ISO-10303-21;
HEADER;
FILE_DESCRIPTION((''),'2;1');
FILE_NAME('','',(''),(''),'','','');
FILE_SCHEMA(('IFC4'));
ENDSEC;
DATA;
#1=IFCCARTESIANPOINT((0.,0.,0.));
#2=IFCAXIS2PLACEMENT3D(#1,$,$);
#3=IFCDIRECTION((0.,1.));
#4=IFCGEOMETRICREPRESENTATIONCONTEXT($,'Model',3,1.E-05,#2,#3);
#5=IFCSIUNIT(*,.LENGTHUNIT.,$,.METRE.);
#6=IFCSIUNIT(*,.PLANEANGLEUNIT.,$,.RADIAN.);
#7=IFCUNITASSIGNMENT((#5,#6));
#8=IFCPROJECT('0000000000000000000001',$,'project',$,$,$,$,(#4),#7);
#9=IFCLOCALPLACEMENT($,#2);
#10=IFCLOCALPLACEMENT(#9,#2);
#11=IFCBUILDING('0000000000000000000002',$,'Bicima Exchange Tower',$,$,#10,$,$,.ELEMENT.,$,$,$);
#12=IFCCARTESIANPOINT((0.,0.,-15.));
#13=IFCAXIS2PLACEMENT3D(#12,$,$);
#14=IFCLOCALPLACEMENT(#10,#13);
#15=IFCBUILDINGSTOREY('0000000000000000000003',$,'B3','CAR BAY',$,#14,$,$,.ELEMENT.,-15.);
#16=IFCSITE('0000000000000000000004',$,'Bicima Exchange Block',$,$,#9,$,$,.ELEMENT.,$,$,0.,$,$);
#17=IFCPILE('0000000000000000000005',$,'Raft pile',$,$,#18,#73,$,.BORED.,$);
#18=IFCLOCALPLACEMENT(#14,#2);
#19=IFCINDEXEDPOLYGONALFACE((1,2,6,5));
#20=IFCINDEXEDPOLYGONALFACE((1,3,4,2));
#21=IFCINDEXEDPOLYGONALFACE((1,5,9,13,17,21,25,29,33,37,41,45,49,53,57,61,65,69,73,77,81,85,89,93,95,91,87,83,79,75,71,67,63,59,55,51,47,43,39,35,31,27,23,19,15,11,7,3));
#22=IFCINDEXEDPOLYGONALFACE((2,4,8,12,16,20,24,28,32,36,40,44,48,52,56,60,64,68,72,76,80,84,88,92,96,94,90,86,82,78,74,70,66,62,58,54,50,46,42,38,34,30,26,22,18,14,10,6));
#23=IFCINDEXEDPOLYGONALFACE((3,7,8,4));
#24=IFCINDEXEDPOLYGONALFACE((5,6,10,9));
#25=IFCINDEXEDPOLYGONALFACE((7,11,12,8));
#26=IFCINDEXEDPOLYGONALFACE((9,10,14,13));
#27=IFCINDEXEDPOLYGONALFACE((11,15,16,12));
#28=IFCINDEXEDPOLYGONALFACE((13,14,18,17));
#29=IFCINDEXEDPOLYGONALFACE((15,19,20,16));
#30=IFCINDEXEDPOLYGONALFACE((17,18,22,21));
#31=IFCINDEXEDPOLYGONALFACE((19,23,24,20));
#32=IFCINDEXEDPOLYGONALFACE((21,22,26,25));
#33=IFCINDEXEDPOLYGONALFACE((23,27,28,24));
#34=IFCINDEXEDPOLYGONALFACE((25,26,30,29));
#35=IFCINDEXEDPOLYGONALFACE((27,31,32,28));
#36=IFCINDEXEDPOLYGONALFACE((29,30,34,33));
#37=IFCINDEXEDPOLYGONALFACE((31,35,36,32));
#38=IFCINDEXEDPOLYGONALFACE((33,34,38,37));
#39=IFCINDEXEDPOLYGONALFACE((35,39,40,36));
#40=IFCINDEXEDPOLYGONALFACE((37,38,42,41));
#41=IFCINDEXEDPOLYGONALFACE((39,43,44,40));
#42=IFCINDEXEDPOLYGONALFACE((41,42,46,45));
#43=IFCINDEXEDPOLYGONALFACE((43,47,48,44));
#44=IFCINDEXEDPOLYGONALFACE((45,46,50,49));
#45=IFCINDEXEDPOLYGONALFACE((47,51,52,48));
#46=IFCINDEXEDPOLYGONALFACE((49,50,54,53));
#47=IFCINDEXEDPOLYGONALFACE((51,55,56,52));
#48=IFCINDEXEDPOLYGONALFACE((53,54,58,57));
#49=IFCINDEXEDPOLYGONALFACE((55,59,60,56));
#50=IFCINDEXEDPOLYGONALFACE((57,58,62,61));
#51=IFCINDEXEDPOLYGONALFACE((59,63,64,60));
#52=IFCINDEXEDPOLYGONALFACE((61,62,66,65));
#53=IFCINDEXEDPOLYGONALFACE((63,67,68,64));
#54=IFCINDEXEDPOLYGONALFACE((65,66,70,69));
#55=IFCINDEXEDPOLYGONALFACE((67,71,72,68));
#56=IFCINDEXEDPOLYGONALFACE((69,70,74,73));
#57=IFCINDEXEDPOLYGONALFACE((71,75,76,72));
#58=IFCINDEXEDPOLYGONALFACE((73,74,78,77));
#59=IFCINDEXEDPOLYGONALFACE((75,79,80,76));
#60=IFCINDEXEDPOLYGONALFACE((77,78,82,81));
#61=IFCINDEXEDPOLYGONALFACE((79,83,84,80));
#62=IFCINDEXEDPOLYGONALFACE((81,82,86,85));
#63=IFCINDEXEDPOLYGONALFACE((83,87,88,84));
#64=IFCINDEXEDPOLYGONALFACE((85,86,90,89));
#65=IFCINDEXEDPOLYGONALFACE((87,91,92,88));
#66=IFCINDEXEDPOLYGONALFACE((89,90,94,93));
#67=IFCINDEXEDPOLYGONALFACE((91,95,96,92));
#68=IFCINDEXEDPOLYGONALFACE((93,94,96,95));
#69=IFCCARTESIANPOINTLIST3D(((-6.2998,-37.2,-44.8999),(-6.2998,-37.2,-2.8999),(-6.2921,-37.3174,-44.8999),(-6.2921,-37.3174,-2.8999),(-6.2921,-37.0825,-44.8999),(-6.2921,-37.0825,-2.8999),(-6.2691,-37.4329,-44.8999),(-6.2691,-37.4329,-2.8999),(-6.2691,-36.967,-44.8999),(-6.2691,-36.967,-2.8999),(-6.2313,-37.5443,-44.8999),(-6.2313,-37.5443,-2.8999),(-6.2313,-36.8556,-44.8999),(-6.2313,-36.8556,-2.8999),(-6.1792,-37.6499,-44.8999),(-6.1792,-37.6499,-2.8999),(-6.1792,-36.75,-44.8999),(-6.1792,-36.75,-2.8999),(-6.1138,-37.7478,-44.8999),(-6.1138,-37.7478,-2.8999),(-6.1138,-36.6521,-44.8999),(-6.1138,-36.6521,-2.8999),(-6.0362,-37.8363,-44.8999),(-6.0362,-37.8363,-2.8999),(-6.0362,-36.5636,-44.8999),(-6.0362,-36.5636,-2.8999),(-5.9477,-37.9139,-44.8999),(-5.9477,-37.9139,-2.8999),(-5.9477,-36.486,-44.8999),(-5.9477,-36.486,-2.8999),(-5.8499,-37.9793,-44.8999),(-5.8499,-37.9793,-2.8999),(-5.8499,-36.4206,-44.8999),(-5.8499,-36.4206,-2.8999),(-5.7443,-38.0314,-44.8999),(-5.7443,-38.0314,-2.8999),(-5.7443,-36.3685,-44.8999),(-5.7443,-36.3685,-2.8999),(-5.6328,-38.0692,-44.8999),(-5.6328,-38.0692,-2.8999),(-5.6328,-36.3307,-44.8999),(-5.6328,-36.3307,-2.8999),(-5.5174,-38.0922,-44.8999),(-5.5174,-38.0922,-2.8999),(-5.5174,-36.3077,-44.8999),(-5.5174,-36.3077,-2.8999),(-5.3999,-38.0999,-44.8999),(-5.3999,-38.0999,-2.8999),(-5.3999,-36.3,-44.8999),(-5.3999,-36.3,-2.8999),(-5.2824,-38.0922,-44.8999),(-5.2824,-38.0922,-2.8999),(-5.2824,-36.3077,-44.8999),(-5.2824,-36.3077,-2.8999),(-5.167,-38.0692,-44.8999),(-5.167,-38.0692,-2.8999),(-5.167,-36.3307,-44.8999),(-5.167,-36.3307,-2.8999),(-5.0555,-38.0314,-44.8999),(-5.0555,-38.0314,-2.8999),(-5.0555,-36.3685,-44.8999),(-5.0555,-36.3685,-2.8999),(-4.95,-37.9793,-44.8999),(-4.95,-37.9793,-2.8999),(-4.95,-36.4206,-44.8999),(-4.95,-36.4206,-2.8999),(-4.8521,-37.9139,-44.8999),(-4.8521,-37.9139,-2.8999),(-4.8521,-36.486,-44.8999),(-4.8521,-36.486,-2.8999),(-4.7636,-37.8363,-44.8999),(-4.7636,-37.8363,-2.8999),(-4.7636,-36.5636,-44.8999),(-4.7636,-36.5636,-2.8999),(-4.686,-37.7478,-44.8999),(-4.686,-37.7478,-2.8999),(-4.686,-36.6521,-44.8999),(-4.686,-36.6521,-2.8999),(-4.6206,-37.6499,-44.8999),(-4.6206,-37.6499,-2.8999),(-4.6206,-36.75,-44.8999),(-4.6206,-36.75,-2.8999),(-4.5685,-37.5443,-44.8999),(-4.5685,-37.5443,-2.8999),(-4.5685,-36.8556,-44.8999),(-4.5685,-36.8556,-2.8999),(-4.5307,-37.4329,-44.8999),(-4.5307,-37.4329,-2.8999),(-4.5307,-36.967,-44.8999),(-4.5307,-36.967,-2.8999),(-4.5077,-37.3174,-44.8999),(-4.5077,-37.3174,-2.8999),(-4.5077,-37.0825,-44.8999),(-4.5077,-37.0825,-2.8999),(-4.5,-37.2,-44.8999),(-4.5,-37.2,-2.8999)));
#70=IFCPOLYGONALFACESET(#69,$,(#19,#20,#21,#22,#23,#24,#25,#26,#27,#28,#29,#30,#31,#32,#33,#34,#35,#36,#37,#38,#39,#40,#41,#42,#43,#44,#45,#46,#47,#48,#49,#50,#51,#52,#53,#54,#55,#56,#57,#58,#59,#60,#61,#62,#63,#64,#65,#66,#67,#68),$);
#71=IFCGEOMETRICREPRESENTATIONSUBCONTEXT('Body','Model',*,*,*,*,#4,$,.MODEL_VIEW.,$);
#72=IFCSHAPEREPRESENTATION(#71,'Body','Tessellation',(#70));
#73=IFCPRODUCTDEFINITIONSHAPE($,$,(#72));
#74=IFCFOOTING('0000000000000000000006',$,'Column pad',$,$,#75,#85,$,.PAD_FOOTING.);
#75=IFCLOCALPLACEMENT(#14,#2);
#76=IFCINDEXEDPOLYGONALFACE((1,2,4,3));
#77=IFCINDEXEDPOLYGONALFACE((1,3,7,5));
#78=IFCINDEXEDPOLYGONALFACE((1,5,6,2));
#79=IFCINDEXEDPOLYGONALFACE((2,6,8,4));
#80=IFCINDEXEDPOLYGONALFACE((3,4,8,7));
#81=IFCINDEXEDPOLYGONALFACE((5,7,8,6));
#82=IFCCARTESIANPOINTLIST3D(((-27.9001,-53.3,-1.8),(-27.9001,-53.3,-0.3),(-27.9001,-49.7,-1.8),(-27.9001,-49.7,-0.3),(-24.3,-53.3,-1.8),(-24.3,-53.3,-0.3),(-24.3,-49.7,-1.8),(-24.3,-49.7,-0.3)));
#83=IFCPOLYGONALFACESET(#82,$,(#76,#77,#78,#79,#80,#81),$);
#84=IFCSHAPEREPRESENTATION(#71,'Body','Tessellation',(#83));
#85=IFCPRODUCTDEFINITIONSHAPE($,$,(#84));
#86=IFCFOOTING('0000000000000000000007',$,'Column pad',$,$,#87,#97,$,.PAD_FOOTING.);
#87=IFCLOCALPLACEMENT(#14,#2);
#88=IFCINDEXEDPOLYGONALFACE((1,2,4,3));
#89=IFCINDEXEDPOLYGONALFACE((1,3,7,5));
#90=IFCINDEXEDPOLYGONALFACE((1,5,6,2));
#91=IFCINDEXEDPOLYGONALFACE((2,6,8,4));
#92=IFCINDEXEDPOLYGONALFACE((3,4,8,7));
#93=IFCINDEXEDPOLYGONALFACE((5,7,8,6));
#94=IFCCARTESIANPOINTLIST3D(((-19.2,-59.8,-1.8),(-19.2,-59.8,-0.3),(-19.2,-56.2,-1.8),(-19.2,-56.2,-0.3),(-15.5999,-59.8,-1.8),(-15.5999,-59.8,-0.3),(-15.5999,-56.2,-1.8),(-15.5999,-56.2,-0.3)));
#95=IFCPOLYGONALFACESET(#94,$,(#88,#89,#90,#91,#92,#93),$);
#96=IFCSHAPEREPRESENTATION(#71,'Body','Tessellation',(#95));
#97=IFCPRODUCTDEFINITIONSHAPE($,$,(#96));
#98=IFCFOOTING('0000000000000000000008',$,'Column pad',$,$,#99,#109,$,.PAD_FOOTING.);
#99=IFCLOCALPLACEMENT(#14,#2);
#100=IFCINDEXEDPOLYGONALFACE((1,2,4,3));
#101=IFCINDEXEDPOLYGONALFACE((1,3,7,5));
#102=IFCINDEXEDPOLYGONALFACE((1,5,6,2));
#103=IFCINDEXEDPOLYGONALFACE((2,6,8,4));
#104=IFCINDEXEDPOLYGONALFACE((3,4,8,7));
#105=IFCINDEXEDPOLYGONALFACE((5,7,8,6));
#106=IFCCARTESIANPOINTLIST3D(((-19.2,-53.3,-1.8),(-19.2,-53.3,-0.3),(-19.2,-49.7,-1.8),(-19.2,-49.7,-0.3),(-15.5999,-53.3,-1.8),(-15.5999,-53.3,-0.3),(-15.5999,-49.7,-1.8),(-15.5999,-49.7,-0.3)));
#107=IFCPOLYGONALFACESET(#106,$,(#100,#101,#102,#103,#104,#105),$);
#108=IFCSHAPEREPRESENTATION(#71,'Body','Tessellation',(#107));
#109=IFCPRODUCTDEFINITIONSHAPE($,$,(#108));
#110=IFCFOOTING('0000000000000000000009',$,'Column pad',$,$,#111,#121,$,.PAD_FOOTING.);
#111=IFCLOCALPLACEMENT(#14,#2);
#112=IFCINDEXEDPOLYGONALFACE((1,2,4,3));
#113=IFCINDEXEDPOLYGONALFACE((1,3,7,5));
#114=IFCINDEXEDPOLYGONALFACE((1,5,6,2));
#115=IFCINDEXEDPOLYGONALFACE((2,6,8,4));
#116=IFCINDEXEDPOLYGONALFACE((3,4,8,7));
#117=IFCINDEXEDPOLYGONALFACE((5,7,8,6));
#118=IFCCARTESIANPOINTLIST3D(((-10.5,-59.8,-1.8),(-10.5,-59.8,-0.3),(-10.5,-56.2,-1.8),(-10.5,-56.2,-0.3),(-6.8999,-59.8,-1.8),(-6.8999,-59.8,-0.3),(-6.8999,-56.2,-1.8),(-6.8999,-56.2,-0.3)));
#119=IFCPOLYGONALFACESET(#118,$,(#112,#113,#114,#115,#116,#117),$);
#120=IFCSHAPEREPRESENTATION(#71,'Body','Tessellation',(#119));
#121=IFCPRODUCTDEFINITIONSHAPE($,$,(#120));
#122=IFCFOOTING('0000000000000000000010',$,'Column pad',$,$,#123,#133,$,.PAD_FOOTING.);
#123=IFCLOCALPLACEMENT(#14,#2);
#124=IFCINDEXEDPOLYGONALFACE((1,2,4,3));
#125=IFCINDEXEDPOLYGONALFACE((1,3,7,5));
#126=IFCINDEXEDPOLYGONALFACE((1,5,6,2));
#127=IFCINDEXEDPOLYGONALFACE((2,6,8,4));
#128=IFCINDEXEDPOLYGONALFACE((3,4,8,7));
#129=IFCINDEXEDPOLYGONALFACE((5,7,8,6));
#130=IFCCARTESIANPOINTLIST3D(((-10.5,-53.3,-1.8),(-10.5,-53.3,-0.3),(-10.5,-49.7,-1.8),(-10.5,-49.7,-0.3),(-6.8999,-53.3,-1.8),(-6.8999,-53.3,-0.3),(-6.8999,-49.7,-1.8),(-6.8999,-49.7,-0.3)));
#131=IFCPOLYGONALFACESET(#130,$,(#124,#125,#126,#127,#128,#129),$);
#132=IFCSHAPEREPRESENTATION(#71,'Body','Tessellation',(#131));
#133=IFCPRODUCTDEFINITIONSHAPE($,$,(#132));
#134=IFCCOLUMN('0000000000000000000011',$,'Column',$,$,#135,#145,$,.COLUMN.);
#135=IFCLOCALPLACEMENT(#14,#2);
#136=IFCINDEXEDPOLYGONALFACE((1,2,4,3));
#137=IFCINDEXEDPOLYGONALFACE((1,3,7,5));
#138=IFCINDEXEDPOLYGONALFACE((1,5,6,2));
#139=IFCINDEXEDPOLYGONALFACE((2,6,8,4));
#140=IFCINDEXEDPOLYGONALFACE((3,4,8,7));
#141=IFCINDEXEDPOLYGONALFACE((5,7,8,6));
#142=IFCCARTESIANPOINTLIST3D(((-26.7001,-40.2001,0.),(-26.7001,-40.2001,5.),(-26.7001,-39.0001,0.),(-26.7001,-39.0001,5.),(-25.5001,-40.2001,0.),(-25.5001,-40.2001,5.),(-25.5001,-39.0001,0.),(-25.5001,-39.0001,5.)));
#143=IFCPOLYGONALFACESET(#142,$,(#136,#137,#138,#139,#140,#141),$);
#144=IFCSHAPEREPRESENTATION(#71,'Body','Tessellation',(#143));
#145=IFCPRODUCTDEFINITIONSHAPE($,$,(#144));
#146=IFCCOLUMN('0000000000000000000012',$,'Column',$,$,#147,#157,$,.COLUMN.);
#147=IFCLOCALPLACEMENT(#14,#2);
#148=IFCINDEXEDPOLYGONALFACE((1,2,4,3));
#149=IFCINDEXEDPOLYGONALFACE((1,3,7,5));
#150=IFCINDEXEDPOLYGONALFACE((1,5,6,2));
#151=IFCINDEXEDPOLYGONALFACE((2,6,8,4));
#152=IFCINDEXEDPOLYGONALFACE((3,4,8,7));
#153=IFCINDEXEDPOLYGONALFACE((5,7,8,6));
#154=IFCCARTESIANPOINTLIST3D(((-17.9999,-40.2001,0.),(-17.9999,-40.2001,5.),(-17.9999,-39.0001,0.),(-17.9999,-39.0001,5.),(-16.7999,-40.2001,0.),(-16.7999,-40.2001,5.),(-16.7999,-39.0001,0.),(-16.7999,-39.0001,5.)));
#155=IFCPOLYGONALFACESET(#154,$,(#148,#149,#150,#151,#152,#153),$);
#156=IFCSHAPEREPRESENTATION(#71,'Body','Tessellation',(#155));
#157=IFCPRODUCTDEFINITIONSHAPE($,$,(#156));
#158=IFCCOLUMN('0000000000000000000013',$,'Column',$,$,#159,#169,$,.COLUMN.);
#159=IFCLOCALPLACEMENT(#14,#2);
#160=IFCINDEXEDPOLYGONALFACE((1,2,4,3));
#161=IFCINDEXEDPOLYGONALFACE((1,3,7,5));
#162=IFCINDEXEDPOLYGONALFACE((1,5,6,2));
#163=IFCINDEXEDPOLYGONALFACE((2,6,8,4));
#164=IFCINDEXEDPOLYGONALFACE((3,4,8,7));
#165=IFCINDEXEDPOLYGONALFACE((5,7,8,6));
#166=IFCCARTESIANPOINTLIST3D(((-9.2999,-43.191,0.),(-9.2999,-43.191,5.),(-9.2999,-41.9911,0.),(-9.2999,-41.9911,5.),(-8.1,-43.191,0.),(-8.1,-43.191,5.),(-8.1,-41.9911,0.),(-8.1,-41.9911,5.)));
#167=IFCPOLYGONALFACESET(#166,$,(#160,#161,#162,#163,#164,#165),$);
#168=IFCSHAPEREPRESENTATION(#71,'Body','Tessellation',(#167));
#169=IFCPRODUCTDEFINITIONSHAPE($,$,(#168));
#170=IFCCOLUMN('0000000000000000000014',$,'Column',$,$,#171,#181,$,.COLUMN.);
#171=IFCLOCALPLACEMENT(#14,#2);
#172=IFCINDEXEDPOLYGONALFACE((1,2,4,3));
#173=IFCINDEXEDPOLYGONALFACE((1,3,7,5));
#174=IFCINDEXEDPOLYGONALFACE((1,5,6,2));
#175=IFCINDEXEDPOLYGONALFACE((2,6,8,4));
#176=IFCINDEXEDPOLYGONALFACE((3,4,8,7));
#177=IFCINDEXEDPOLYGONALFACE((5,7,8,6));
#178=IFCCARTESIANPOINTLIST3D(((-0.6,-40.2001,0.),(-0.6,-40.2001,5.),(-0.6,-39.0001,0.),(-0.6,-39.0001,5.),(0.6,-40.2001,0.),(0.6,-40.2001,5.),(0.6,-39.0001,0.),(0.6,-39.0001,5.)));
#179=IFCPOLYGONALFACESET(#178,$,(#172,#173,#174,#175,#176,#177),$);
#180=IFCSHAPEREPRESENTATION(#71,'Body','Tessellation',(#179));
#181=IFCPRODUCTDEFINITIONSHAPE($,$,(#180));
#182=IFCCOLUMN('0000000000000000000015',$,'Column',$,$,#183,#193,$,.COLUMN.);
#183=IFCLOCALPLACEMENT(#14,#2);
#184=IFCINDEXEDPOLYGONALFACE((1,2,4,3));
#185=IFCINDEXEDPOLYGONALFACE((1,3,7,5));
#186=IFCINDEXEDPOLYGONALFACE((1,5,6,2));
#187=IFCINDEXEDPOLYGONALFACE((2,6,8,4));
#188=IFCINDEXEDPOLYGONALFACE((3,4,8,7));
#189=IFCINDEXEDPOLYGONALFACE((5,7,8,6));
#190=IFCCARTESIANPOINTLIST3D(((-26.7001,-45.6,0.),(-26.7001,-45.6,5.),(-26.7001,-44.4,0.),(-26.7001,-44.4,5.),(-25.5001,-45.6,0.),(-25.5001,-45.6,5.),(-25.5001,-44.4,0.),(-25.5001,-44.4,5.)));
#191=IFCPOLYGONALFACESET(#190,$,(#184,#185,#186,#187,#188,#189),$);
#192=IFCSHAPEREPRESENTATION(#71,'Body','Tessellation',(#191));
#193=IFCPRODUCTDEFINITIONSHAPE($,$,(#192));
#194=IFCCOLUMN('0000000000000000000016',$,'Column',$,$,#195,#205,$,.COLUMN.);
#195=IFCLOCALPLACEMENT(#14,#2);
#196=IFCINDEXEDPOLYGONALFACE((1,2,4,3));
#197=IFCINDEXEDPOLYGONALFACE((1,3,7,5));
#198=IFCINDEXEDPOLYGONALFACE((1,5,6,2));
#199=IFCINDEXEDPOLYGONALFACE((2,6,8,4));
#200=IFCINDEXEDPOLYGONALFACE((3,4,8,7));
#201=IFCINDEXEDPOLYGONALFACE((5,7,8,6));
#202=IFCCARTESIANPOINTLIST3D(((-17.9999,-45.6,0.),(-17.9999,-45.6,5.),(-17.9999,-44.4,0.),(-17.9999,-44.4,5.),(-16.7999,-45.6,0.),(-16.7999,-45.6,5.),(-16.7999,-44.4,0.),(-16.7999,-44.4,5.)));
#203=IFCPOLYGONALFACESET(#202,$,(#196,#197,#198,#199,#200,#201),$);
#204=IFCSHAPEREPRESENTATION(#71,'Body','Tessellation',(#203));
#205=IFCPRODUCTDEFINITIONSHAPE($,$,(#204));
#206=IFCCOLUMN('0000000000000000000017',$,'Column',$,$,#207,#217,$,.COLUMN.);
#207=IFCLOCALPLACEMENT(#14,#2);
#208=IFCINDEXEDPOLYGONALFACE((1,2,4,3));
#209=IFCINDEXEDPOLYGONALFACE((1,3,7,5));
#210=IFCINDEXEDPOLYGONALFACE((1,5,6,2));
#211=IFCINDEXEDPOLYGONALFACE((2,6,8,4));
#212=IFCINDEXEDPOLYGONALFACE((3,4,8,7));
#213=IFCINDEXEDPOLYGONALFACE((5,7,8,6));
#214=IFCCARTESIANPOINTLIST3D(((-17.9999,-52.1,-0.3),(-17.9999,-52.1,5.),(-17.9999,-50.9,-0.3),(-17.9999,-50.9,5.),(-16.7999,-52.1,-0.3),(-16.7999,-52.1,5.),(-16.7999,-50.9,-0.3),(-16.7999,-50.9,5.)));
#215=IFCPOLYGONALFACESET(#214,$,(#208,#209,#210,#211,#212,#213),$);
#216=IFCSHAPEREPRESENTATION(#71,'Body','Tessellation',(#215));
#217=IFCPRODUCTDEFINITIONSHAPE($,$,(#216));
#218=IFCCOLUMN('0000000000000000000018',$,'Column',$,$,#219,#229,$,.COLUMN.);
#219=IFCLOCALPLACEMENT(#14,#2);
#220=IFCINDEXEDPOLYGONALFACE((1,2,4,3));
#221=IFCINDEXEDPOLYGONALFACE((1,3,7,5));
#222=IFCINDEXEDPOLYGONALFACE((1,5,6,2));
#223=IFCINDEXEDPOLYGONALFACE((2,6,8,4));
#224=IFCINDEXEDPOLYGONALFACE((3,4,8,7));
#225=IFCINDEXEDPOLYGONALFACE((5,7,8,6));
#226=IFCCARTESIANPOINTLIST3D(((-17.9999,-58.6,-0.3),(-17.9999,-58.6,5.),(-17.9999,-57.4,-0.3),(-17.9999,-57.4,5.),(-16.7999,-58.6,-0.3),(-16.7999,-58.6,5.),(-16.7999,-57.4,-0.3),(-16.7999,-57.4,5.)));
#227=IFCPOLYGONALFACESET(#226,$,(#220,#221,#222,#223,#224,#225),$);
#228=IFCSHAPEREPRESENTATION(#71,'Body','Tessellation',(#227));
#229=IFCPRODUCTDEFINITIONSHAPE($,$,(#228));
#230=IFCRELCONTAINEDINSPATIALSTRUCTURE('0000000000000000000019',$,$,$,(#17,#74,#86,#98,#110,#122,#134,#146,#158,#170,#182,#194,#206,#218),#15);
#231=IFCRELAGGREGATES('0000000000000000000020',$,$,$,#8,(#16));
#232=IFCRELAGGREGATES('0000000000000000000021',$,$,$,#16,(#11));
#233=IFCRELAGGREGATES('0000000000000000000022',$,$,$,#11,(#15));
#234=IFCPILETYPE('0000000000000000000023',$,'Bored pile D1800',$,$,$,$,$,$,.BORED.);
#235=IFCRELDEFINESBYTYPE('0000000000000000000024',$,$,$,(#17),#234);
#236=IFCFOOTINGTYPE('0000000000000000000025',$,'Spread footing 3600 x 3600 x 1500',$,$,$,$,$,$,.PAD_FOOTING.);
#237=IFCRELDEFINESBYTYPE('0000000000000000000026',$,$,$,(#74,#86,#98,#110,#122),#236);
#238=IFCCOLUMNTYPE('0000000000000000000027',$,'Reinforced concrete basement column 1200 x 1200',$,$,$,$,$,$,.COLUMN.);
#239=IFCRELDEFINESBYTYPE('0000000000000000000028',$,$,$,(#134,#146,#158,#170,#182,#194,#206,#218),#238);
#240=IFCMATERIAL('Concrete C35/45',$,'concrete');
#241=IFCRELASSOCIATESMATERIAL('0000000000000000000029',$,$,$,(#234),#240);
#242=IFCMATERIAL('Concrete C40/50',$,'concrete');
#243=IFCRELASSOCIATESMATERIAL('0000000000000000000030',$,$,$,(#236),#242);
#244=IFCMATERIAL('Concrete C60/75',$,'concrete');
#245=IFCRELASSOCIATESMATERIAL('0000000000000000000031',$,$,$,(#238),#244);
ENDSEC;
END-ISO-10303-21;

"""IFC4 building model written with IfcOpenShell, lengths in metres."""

from ifc_helpers import new_model, si_unit, direction, frame, origin, origin_2d, place, context, subcontext, project, spatial, rectangle, circle, extrude, material, material_profile, profile_set, type_object, element, save


model = new_model("IFC4")

# Units and contexts
model_context = context("Model", 3, precision=1e-05, world=origin(), true_north=direction((0.0, 1.0)))
body_context = subcontext(model_context, "Body", "Model", "MODEL_VIEW")
ifc_project = project(units=[si_unit("LENGTHUNIT", "METRE"), si_unit("PLANEANGLEUNIT", "RADIAN")], contexts=[model_context])

# Site, building, storey
site_placement = place(None, origin())
site = spatial("IfcSite", under=ifc_project, at=site_placement, Name="Bicima Exchange Block", CompositionType="ELEMENT", RefElevation=0.0)
building_placement = place(site_placement, origin())
building = spatial("IfcBuilding", under=site, at=building_placement, Name="Bicima Exchange Tower", CompositionType="ELEMENT")
storey_placement = place(building_placement, frame((0.0, 0.0, -15.0)))
storey = spatial("IfcBuildingStorey", under=building, at=storey_placement, Name="B3", Description="CAR BAY", CompositionType="ELEMENT", Elevation=-15.0)

# Pile
ifc_material_1 = material(Name="Concrete C35/45", Category="concrete")
ifc_material_profile_1 = material_profile(ifc_material_1, circle(Radius=0.8999, at=origin_2d()))
ifc_profile_set_1 = profile_set([ifc_material_profile_1], Name="Concrete C35/45")
pile_type = type_object("IfcPileType", Name="Bored pile D1800", PredefinedType="BORED", material=ifc_profile_set_1)
for number, where, z_axis, x_axis, name in (
    (1, (-5.3999, -37.2, -2.8999), (0.0, 0.0, -1.0), (1.0, 0.0, 0.0), "Raft pile"),
):
    element("IfcPile", number, at=place(storey_placement, frame(where, z_axis=z_axis, x_axis=x_axis)), inside=storey, type_object=pile_type, Name=name, PredefinedType="BORED", context=body_context, shape_type="SweptSolid", body=[
        extrude(circle(Radius=0.8999, at=origin_2d()), origin(), (0.0, 0.0, 1.0), 42.0),
    ])

# Footings
ifc_material_2 = material(Name="Concrete C40/50", Category="concrete")
footing_type = type_object("IfcFootingType", Name="Spread footing 3600 x 3600 x 1500", PredefinedType="PAD_FOOTING", material=ifc_material_2)
for number, where, z_axis, x_axis, name in (
    (2, (-26.1001, -51.5, -1.8), (0.0, 0.0, 1.0), (1.0, 0.0, 0.0), "Column pad"),
    (3, (-17.3999, -58.0, -1.8), (0.0, 0.0, 1.0), (1.0, 0.0, 0.0), "Column pad"),
    (4, (-17.3999, -51.5, -1.8), (0.0, 0.0, 1.0), (1.0, 0.0, 0.0), "Column pad"),
    (5, (-8.7, -58.0, -1.8), (0.0, 0.0, 1.0), (1.0, 0.0, 0.0), "Column pad"),
    (6, (-8.7, -51.5, -1.8), (0.0, 0.0, 1.0), (1.0, 0.0, 0.0), "Column pad"),
):
    element("IfcFooting", number, at=place(storey_placement, frame(where, z_axis=z_axis, x_axis=x_axis)), inside=storey, type_object=footing_type, Name=name, PredefinedType="PAD_FOOTING", context=body_context, shape_type="SweptSolid", body=[
        extrude(rectangle(XDim=3.6001, YDim=3.6001, at=origin_2d()), origin(), (0.0, 0.0, 1.0), 1.5),
    ])

# Columns
ifc_material_3 = material(Name="Concrete C60/75", Category="concrete")
ifc_material_profile_2 = material_profile(ifc_material_3, rectangle(XDim=1.2, YDim=1.2, at=origin_2d()))
ifc_profile_set_2 = profile_set([ifc_material_profile_2], Name="Concrete C60/75")
column_type = type_object("IfcColumnType", Name="Reinforced concrete basement column 1200 x 1200", PredefinedType="COLUMN", material=ifc_profile_set_2)
for number, where, z_axis, x_axis, name in (
    (7, (-26.1001, -39.6001, 0.0), (0.0, 0.0, 1.0), (1.0, 0.0, 0.0), "Column"),
    (8, (-17.3999, -39.6001, 0.0), (0.0, 0.0, 1.0), (1.0, 0.0, 0.0), "Column"),
    (9, (-8.7, -42.5911, 0.0), (0.0, 0.0, 1.0), (1.0, 0.0, 0.0), "Column"),
    (10, (0.0, -39.6001, 0.0), (0.0, 0.0, 1.0), (1.0, 0.0, 0.0), "Column"),
    (11, (-26.1001, -45.0, 0.0), (0.0, 0.0, 1.0), (1.0, 0.0, 0.0), "Column"),
    (12, (-17.3999, -45.0, 0.0), (0.0, 0.0, 1.0), (1.0, 0.0, 0.0), "Column"),
):
    element("IfcColumn", number, at=place(storey_placement, frame(where, z_axis=z_axis, x_axis=x_axis)), inside=storey, type_object=column_type, Name=name, PredefinedType="COLUMN", context=body_context, shape_type="SweptSolid", body=[
        extrude(rectangle(XDim=1.2, YDim=1.2, at=origin_2d()), origin(), (0.0, 0.0, 1.0), 5.0),
    ])
for number, where, z_axis, x_axis, name in (
    (13, (-17.3999, -51.5, -0.3), (0.0, 0.0, 1.0), (1.0, 0.0, 0.0), "Column"),
    (14, (-17.3999, -58.0, -0.3), (0.0, 0.0, 1.0), (1.0, 0.0, 0.0), "Column"),
):
    element("IfcColumn", number, at=place(storey_placement, frame(where, z_axis=z_axis, x_axis=x_axis)), inside=storey, type_object=column_type, Name=name, PredefinedType="COLUMN", context=body_context, shape_type="SweptSolid", body=[
        extrude(rectangle(XDim=1.2, YDim=1.2, at=origin_2d()), origin(), (0.0, 0.0, 1.0), 5.3),
    ])

save(model, "model.ifc")
